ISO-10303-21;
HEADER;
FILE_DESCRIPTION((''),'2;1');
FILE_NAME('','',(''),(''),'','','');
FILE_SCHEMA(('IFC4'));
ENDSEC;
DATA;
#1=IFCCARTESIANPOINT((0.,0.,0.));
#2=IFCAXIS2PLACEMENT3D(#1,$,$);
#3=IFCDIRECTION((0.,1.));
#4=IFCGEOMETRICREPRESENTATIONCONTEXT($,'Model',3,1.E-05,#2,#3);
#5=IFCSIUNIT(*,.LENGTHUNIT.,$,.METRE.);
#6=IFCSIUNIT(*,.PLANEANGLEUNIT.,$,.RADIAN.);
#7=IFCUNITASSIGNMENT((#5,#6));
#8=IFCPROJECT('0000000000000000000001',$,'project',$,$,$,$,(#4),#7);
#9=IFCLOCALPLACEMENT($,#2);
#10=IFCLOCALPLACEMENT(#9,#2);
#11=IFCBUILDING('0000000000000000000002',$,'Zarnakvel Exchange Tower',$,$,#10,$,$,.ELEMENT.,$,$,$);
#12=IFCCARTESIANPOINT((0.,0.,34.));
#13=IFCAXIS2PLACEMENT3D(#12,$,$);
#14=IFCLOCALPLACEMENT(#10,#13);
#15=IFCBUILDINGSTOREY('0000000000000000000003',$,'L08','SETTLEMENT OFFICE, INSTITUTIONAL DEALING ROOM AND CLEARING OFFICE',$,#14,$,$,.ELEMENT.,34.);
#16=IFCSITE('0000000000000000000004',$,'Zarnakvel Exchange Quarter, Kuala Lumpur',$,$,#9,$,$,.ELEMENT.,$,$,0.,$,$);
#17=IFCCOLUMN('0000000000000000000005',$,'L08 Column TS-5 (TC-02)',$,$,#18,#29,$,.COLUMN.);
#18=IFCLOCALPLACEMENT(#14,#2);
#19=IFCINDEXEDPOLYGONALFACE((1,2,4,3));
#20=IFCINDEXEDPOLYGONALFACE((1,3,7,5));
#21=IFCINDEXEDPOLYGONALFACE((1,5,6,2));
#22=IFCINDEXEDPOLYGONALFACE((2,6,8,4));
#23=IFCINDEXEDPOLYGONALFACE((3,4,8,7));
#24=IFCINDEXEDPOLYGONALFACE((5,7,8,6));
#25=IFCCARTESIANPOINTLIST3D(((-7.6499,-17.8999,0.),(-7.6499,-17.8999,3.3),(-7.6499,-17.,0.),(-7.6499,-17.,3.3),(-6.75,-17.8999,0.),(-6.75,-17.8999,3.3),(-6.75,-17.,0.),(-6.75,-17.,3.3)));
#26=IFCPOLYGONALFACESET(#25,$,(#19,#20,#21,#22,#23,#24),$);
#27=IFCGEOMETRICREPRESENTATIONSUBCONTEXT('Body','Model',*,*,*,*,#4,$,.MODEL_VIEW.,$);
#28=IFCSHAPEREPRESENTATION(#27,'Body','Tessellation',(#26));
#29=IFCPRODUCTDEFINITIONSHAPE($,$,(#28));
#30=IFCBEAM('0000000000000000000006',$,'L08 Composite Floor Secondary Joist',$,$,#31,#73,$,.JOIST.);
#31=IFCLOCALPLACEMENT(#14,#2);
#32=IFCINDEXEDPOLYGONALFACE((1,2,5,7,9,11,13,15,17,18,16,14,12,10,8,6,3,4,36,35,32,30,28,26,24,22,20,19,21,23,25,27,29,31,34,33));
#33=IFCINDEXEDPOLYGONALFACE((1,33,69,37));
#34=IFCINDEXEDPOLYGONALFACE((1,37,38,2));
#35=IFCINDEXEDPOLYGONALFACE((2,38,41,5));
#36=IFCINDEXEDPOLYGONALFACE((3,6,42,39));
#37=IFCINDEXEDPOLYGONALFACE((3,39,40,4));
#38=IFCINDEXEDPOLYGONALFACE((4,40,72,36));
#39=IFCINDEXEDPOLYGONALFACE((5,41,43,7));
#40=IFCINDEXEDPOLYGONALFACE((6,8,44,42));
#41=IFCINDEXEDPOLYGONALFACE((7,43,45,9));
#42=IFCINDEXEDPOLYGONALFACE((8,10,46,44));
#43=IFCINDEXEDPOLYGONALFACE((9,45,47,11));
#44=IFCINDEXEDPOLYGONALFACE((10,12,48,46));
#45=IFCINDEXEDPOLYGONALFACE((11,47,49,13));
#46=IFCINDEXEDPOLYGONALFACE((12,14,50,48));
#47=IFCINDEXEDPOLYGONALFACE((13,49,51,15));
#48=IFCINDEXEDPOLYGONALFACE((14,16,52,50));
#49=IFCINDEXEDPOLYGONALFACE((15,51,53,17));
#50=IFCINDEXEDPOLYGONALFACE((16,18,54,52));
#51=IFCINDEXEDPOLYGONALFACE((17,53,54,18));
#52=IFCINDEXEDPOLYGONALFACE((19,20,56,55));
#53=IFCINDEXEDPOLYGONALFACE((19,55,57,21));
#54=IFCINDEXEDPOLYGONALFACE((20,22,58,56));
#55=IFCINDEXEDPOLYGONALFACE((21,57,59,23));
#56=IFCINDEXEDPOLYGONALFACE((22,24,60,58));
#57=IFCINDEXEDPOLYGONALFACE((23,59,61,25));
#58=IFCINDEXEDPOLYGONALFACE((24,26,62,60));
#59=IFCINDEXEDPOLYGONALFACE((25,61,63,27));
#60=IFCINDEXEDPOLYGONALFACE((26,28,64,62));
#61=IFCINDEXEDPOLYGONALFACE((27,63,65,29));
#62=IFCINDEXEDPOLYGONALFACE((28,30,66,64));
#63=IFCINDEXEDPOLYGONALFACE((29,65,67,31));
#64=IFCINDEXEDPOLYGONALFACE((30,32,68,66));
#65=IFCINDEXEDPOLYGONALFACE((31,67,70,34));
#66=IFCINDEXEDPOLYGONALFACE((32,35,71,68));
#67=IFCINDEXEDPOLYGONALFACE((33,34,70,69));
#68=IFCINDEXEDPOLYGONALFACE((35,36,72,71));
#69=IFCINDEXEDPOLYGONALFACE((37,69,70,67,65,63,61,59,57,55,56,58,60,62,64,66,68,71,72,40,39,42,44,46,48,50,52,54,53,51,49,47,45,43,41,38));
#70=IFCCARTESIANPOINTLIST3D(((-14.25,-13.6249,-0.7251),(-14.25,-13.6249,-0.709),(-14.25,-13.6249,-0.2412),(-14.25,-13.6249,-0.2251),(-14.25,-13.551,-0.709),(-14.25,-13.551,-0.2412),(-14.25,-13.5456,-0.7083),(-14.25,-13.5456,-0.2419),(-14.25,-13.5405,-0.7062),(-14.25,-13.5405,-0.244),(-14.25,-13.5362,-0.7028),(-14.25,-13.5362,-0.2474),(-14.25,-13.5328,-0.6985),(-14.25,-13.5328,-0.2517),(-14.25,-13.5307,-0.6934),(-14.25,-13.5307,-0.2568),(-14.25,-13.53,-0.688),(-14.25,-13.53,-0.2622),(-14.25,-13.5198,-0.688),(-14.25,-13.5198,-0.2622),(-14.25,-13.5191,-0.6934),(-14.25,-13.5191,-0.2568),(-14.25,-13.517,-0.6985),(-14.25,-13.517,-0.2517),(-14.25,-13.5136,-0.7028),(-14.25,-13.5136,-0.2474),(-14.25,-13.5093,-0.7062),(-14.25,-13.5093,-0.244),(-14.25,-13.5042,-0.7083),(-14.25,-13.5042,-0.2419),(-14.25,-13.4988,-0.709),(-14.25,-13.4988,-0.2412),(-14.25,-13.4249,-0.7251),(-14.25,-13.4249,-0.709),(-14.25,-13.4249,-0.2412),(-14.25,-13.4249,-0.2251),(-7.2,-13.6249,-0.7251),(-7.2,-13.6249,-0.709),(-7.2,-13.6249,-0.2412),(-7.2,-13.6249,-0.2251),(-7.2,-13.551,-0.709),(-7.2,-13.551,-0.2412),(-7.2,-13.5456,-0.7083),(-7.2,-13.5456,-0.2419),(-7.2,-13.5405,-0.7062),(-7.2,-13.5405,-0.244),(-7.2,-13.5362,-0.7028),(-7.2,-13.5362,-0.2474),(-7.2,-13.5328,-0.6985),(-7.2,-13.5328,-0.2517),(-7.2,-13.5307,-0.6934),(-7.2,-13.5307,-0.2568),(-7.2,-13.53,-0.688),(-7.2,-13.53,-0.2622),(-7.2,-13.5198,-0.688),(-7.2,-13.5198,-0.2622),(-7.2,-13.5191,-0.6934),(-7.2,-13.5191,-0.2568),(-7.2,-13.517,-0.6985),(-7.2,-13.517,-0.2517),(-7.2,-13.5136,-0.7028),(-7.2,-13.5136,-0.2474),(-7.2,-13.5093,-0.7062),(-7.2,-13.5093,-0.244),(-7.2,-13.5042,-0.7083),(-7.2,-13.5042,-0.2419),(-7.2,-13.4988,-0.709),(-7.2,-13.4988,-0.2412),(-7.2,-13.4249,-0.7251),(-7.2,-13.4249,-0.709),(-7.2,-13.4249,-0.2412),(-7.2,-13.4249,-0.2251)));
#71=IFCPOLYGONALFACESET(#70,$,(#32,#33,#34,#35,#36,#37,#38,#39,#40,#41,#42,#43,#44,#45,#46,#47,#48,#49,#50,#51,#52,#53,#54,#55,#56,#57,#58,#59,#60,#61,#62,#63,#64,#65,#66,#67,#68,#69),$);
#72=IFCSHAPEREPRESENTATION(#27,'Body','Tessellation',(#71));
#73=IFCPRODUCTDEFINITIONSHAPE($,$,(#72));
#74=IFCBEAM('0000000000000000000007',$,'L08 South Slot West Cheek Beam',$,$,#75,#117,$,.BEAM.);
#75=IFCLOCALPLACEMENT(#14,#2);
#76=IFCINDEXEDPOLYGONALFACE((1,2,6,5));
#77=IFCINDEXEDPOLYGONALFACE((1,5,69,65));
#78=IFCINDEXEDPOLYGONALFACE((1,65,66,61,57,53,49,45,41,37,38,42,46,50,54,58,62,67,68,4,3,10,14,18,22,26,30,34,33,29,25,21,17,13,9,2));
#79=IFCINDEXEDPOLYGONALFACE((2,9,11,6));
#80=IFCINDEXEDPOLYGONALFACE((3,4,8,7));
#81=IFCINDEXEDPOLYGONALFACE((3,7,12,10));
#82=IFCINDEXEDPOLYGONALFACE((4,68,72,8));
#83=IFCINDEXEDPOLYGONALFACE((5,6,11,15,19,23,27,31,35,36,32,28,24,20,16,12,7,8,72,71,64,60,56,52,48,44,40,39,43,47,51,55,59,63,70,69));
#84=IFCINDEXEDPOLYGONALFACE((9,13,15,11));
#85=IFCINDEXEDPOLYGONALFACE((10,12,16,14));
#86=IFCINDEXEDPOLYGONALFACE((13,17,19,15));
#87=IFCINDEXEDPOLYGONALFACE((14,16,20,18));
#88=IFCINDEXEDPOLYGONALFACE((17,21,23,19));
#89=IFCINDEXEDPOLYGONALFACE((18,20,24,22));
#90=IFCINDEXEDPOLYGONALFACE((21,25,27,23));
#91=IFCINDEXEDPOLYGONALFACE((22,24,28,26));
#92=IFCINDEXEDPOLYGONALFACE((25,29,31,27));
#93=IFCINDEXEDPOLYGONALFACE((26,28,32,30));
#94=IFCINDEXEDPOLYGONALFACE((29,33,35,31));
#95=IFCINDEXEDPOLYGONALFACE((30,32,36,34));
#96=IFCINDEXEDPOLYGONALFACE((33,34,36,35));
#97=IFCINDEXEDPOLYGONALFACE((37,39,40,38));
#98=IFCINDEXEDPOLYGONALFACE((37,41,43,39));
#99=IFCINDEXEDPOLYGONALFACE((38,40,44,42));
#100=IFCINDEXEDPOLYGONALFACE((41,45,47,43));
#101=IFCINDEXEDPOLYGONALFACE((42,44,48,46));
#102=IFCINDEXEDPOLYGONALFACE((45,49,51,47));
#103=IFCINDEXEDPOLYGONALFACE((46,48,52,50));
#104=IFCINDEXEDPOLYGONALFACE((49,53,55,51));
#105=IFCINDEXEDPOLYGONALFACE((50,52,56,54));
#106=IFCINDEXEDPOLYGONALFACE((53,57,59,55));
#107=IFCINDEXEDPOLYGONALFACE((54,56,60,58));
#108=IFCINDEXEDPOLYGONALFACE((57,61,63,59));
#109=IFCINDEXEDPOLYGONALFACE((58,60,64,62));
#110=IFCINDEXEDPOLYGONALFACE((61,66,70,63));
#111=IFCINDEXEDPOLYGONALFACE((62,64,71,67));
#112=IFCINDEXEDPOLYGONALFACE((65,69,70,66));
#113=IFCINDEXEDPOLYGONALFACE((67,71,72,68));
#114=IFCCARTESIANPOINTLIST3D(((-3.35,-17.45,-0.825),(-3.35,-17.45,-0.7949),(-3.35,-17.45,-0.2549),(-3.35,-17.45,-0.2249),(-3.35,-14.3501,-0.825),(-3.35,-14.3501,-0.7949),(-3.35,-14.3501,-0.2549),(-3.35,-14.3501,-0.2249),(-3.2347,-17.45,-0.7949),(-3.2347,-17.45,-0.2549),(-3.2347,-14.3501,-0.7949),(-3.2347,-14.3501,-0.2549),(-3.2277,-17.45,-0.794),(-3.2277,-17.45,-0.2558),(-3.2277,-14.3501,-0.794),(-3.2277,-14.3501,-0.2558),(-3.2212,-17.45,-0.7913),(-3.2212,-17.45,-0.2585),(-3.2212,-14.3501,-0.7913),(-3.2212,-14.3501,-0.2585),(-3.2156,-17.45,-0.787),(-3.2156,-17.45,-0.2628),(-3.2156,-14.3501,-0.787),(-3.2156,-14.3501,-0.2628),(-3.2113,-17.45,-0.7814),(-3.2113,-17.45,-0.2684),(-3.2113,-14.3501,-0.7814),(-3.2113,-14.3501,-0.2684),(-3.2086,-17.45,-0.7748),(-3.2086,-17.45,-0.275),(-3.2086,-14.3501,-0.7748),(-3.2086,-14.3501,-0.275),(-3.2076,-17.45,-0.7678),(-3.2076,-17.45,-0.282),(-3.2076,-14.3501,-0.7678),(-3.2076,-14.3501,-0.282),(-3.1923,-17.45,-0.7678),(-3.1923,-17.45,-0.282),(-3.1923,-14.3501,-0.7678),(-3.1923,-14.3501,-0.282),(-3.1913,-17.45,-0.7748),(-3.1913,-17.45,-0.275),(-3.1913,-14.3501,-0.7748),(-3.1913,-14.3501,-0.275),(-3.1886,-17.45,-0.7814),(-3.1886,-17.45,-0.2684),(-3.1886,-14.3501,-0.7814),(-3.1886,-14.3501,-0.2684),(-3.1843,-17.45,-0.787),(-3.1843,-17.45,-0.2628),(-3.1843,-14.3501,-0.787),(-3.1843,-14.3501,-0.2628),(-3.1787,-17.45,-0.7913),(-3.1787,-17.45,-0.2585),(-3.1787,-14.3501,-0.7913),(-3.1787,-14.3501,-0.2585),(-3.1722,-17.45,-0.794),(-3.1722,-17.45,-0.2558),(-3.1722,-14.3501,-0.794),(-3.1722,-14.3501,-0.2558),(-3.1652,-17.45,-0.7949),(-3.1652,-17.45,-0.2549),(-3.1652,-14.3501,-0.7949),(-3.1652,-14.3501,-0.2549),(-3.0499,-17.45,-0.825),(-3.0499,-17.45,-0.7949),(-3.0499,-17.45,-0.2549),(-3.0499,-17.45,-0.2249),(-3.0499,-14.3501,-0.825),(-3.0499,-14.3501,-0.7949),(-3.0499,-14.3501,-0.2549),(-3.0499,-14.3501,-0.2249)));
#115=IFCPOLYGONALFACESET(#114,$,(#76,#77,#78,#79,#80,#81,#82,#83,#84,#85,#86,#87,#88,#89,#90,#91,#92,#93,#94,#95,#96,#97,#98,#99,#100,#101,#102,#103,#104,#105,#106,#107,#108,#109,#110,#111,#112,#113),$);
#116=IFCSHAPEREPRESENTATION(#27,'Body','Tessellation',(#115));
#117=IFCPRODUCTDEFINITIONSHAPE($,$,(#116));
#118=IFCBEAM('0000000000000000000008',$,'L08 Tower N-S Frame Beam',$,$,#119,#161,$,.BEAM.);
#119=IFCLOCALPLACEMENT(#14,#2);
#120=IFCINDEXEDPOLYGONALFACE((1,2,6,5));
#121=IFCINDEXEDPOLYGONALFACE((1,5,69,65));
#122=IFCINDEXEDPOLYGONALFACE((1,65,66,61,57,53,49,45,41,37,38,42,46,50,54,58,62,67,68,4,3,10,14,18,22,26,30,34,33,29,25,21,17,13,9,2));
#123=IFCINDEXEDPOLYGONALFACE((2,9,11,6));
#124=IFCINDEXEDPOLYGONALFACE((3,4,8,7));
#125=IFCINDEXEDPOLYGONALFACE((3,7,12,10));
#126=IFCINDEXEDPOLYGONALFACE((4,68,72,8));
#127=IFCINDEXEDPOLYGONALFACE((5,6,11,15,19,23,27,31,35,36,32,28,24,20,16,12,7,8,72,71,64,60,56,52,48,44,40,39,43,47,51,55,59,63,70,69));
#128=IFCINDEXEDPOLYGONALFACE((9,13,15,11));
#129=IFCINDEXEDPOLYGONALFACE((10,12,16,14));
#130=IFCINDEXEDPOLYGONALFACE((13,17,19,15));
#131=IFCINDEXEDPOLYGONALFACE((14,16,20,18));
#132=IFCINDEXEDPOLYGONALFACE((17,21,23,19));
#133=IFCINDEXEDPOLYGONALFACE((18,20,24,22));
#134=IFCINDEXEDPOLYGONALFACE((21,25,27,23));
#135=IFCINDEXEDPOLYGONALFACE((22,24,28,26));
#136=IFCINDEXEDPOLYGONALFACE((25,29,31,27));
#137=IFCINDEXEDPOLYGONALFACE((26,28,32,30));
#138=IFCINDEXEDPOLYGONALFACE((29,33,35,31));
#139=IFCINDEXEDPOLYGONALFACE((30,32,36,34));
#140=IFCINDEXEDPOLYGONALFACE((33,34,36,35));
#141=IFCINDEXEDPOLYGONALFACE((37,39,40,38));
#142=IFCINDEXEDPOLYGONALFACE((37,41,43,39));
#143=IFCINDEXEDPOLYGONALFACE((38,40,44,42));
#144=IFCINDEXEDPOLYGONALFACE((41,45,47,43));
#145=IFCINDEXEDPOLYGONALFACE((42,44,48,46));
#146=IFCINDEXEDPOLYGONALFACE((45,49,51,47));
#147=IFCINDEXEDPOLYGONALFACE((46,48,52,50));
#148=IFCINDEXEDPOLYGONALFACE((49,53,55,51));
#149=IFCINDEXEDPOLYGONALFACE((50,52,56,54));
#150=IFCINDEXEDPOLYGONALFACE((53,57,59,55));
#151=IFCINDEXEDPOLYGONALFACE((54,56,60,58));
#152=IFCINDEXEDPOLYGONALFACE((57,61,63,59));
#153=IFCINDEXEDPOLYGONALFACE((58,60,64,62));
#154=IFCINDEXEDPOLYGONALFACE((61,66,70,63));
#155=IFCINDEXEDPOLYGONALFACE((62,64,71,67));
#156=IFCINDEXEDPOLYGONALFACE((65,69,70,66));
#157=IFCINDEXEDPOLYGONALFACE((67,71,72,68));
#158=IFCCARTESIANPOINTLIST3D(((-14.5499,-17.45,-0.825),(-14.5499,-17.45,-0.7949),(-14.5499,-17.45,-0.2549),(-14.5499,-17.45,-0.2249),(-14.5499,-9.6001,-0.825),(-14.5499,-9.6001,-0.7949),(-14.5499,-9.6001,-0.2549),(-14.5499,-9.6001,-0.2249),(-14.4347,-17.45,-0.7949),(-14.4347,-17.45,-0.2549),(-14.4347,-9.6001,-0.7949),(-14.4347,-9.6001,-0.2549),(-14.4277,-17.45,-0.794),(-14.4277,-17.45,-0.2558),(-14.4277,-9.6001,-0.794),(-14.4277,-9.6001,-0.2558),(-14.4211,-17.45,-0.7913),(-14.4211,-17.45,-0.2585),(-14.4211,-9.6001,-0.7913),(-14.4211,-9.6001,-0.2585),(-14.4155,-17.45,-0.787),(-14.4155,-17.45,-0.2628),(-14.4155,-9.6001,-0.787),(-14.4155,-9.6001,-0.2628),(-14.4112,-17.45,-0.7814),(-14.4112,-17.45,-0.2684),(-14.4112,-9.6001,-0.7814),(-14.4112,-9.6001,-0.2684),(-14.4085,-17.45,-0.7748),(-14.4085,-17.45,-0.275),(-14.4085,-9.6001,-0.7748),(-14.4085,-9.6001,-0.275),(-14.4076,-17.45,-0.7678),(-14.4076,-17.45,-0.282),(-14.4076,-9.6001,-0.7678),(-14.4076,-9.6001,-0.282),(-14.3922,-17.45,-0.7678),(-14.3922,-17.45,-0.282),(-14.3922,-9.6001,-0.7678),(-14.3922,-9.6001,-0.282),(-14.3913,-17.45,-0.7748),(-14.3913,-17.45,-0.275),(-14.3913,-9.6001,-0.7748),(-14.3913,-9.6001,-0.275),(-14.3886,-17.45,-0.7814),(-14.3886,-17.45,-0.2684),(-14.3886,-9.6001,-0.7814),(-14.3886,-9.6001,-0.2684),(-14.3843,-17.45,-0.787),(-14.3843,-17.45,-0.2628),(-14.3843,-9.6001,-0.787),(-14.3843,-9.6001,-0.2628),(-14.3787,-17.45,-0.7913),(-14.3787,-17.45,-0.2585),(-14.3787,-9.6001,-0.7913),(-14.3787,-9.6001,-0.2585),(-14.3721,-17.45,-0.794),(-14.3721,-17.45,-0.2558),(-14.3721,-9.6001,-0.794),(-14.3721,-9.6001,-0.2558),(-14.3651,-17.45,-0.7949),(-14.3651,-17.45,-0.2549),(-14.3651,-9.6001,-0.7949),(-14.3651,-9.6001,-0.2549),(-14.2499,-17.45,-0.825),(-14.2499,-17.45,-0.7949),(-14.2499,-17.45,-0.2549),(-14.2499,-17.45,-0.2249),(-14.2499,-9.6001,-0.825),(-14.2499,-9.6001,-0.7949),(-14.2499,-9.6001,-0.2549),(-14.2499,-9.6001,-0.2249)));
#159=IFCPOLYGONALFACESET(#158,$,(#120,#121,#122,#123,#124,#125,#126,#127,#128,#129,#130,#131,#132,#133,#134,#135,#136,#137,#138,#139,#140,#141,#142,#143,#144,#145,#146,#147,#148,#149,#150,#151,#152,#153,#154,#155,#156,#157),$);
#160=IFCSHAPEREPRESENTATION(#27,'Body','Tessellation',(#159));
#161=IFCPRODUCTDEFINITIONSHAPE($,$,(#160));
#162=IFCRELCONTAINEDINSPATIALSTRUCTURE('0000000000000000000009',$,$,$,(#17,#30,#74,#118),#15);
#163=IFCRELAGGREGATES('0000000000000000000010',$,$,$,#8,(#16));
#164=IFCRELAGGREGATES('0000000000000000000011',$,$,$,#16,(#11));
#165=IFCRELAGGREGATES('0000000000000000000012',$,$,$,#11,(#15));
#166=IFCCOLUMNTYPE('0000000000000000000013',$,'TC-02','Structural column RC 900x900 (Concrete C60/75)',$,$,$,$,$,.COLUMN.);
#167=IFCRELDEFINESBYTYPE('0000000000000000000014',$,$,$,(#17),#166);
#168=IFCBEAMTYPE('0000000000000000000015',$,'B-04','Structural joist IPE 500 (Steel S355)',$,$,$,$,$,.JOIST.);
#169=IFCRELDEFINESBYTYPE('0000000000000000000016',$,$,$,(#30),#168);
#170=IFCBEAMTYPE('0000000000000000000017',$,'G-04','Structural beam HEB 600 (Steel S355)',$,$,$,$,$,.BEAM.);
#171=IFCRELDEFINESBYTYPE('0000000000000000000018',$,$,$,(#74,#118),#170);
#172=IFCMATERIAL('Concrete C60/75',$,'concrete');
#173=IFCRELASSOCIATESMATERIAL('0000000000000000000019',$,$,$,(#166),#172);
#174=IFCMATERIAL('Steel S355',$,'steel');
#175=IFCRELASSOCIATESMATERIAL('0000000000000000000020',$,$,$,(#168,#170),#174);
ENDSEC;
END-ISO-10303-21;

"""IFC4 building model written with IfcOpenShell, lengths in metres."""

from ifc_helpers import new_model, si_unit, direction, frame, origin, origin_2d, place, context, subcontext, project, spatial, rectangle, i_section, extrude, material, material_profile, profile_set, type_object, element, save


model = new_model("IFC4")

# Units and contexts
model_context = context("Model", 3, precision=1e-05, world=origin(), true_north=direction((0.0, 1.0)))
body_context = subcontext(model_context, "Body", "Model", "MODEL_VIEW")
ifc_project = project(units=[si_unit("LENGTHUNIT", "METRE"), si_unit("PLANEANGLEUNIT", "RADIAN")], contexts=[model_context])

# Site, building, storey
site_placement = place(None, origin())
site = spatial("IfcSite", under=ifc_project, at=site_placement, Name="Zarnakvel Exchange Quarter, Kuala Lumpur", CompositionType="ELEMENT", RefElevation=0.0)
building_placement = place(site_placement, origin())
building = spatial("IfcBuilding", under=site, at=building_placement, Name="Zarnakvel Exchange Tower", CompositionType="ELEMENT")
storey_placement = place(building_placement, frame((0.0, 0.0, 34.0)))
storey = spatial("IfcBuildingStorey", under=building, at=storey_placement, Name="L08", Description="SETTLEMENT OFFICE, INSTITUTIONAL DEALING ROOM AND CLEARING OFFICE", CompositionType="ELEMENT", Elevation=34.0)

# Column
ifc_material_1 = material(Name="Concrete C60/75", Category="concrete")
ifc_material_profile_1 = material_profile(ifc_material_1, rectangle(XDim=0.8999, YDim=0.8999, at=origin_2d()))
ifc_profile_set_1 = profile_set([ifc_material_profile_1], Name="Concrete C60/75")
column_type = type_object("IfcColumnType", Name="TC-02", Description="Structural column RC 900x900 (Concrete C60/75)", PredefinedType="COLUMN", material=ifc_profile_set_1)
column_placement = place(storey_placement, frame((-7.2, -17.45, 0.0), z_axis=(0.0, 0.0, 1.0), x_axis=(1.0, 0.0, 0.0)))
element("IfcColumn", 1, at=column_placement, inside=storey, type_object=column_type, Name="L08 Column TS-5 (TC-02)", PredefinedType="COLUMN", context=body_context, shape_type="SweptSolid", body=[
    extrude(rectangle(XDim=0.8999, YDim=0.8999, at=origin_2d()), origin(), (0.0, 0.0, 1.0), 3.3),
])

# Beams
ifc_material_2 = material(Name="Steel S355", Category="steel")
ifc_material_profile_2 = material_profile(ifc_material_2, i_section(OverallWidth=0.2, OverallDepth=0.5, WebThickness=0.0103, FlangeThickness=0.0161, FilletRadius=0.021, at=origin_2d()))
ifc_profile_set_2 = profile_set([ifc_material_profile_2], Name="Steel S355")
beam_type_1 = type_object("IfcBeamType", Name="B-04", Description="Structural joist IPE 500 (Steel S355)", PredefinedType="JOIST", material=ifc_profile_set_2)
beam_1_placement = place(storey_placement, frame((-14.25, -13.5249, -0.4751), z_axis=(1.0, 0.0, 0.0), x_axis=(0.0, 1.0, 0.0)))
element("IfcBeam", 2, at=beam_1_placement, inside=storey, type_object=beam_type_1, Name="L08 Composite Floor Secondary Joist", PredefinedType="JOIST", context=body_context, shape_type="SweptSolid", body=[
    extrude(i_section(OverallWidth=0.2, OverallDepth=0.5, WebThickness=0.0103, FlangeThickness=0.0161, FilletRadius=0.021, at=origin_2d()), origin(), (0.0, 0.0, 1.0), 7.05),
])
ifc_material_profile_3 = material_profile(ifc_material_2, i_section(OverallWidth=0.3, OverallDepth=0.6001, WebThickness=0.0154, FlangeThickness=0.03, FilletRadius=0.0271, at=origin_2d()))
ifc_profile_set_3 = profile_set([ifc_material_profile_3], Name="Steel S355")
beam_type_2 = type_object("IfcBeamType", Name="G-04", Description="Structural beam HEB 600 (Steel S355)", PredefinedType="BEAM", material=ifc_profile_set_3)
beam_2_placement = place(storey_placement, frame((-3.2, -17.45, -0.5249), z_axis=(0.0, 1.0, 0.0), x_axis=(-1.0, 0.0, 0.0)))
element("IfcBeam", 3, at=beam_2_placement, inside=storey, type_object=beam_type_2, Name="L08 South Slot West Cheek Beam", PredefinedType="BEAM", context=body_context, shape_type="SweptSolid", body=[
    extrude(i_section(OverallWidth=0.3, OverallDepth=0.6001, WebThickness=0.0154, FlangeThickness=0.03, FilletRadius=0.0271, at=origin_2d()), origin(), (0.0, 0.0, 1.0), 3.0999),
])
for number, where, z_axis, x_axis, name in (
    (4, (-14.3999, -17.45, -0.5249), (0.0, 1.0, 0.0), (-1.0, 0.0, 0.0), "L08 Tower N-S Frame Beam"),
):
    element("IfcBeam", number, at=place(storey_placement, frame(where, z_axis=z_axis, x_axis=x_axis)), inside=storey, type_object=beam_type_2, Name=name, PredefinedType="BEAM", context=body_context, shape_type="SweptSolid", body=[
        extrude(i_section(OverallWidth=0.3, OverallDepth=0.6001, WebThickness=0.0154, FlangeThickness=0.03, FilletRadius=0.0271, at=origin_2d()), origin(), (0.0, 0.0, 1.0), 7.8499),
    ])

save(model, "model.ifc")
